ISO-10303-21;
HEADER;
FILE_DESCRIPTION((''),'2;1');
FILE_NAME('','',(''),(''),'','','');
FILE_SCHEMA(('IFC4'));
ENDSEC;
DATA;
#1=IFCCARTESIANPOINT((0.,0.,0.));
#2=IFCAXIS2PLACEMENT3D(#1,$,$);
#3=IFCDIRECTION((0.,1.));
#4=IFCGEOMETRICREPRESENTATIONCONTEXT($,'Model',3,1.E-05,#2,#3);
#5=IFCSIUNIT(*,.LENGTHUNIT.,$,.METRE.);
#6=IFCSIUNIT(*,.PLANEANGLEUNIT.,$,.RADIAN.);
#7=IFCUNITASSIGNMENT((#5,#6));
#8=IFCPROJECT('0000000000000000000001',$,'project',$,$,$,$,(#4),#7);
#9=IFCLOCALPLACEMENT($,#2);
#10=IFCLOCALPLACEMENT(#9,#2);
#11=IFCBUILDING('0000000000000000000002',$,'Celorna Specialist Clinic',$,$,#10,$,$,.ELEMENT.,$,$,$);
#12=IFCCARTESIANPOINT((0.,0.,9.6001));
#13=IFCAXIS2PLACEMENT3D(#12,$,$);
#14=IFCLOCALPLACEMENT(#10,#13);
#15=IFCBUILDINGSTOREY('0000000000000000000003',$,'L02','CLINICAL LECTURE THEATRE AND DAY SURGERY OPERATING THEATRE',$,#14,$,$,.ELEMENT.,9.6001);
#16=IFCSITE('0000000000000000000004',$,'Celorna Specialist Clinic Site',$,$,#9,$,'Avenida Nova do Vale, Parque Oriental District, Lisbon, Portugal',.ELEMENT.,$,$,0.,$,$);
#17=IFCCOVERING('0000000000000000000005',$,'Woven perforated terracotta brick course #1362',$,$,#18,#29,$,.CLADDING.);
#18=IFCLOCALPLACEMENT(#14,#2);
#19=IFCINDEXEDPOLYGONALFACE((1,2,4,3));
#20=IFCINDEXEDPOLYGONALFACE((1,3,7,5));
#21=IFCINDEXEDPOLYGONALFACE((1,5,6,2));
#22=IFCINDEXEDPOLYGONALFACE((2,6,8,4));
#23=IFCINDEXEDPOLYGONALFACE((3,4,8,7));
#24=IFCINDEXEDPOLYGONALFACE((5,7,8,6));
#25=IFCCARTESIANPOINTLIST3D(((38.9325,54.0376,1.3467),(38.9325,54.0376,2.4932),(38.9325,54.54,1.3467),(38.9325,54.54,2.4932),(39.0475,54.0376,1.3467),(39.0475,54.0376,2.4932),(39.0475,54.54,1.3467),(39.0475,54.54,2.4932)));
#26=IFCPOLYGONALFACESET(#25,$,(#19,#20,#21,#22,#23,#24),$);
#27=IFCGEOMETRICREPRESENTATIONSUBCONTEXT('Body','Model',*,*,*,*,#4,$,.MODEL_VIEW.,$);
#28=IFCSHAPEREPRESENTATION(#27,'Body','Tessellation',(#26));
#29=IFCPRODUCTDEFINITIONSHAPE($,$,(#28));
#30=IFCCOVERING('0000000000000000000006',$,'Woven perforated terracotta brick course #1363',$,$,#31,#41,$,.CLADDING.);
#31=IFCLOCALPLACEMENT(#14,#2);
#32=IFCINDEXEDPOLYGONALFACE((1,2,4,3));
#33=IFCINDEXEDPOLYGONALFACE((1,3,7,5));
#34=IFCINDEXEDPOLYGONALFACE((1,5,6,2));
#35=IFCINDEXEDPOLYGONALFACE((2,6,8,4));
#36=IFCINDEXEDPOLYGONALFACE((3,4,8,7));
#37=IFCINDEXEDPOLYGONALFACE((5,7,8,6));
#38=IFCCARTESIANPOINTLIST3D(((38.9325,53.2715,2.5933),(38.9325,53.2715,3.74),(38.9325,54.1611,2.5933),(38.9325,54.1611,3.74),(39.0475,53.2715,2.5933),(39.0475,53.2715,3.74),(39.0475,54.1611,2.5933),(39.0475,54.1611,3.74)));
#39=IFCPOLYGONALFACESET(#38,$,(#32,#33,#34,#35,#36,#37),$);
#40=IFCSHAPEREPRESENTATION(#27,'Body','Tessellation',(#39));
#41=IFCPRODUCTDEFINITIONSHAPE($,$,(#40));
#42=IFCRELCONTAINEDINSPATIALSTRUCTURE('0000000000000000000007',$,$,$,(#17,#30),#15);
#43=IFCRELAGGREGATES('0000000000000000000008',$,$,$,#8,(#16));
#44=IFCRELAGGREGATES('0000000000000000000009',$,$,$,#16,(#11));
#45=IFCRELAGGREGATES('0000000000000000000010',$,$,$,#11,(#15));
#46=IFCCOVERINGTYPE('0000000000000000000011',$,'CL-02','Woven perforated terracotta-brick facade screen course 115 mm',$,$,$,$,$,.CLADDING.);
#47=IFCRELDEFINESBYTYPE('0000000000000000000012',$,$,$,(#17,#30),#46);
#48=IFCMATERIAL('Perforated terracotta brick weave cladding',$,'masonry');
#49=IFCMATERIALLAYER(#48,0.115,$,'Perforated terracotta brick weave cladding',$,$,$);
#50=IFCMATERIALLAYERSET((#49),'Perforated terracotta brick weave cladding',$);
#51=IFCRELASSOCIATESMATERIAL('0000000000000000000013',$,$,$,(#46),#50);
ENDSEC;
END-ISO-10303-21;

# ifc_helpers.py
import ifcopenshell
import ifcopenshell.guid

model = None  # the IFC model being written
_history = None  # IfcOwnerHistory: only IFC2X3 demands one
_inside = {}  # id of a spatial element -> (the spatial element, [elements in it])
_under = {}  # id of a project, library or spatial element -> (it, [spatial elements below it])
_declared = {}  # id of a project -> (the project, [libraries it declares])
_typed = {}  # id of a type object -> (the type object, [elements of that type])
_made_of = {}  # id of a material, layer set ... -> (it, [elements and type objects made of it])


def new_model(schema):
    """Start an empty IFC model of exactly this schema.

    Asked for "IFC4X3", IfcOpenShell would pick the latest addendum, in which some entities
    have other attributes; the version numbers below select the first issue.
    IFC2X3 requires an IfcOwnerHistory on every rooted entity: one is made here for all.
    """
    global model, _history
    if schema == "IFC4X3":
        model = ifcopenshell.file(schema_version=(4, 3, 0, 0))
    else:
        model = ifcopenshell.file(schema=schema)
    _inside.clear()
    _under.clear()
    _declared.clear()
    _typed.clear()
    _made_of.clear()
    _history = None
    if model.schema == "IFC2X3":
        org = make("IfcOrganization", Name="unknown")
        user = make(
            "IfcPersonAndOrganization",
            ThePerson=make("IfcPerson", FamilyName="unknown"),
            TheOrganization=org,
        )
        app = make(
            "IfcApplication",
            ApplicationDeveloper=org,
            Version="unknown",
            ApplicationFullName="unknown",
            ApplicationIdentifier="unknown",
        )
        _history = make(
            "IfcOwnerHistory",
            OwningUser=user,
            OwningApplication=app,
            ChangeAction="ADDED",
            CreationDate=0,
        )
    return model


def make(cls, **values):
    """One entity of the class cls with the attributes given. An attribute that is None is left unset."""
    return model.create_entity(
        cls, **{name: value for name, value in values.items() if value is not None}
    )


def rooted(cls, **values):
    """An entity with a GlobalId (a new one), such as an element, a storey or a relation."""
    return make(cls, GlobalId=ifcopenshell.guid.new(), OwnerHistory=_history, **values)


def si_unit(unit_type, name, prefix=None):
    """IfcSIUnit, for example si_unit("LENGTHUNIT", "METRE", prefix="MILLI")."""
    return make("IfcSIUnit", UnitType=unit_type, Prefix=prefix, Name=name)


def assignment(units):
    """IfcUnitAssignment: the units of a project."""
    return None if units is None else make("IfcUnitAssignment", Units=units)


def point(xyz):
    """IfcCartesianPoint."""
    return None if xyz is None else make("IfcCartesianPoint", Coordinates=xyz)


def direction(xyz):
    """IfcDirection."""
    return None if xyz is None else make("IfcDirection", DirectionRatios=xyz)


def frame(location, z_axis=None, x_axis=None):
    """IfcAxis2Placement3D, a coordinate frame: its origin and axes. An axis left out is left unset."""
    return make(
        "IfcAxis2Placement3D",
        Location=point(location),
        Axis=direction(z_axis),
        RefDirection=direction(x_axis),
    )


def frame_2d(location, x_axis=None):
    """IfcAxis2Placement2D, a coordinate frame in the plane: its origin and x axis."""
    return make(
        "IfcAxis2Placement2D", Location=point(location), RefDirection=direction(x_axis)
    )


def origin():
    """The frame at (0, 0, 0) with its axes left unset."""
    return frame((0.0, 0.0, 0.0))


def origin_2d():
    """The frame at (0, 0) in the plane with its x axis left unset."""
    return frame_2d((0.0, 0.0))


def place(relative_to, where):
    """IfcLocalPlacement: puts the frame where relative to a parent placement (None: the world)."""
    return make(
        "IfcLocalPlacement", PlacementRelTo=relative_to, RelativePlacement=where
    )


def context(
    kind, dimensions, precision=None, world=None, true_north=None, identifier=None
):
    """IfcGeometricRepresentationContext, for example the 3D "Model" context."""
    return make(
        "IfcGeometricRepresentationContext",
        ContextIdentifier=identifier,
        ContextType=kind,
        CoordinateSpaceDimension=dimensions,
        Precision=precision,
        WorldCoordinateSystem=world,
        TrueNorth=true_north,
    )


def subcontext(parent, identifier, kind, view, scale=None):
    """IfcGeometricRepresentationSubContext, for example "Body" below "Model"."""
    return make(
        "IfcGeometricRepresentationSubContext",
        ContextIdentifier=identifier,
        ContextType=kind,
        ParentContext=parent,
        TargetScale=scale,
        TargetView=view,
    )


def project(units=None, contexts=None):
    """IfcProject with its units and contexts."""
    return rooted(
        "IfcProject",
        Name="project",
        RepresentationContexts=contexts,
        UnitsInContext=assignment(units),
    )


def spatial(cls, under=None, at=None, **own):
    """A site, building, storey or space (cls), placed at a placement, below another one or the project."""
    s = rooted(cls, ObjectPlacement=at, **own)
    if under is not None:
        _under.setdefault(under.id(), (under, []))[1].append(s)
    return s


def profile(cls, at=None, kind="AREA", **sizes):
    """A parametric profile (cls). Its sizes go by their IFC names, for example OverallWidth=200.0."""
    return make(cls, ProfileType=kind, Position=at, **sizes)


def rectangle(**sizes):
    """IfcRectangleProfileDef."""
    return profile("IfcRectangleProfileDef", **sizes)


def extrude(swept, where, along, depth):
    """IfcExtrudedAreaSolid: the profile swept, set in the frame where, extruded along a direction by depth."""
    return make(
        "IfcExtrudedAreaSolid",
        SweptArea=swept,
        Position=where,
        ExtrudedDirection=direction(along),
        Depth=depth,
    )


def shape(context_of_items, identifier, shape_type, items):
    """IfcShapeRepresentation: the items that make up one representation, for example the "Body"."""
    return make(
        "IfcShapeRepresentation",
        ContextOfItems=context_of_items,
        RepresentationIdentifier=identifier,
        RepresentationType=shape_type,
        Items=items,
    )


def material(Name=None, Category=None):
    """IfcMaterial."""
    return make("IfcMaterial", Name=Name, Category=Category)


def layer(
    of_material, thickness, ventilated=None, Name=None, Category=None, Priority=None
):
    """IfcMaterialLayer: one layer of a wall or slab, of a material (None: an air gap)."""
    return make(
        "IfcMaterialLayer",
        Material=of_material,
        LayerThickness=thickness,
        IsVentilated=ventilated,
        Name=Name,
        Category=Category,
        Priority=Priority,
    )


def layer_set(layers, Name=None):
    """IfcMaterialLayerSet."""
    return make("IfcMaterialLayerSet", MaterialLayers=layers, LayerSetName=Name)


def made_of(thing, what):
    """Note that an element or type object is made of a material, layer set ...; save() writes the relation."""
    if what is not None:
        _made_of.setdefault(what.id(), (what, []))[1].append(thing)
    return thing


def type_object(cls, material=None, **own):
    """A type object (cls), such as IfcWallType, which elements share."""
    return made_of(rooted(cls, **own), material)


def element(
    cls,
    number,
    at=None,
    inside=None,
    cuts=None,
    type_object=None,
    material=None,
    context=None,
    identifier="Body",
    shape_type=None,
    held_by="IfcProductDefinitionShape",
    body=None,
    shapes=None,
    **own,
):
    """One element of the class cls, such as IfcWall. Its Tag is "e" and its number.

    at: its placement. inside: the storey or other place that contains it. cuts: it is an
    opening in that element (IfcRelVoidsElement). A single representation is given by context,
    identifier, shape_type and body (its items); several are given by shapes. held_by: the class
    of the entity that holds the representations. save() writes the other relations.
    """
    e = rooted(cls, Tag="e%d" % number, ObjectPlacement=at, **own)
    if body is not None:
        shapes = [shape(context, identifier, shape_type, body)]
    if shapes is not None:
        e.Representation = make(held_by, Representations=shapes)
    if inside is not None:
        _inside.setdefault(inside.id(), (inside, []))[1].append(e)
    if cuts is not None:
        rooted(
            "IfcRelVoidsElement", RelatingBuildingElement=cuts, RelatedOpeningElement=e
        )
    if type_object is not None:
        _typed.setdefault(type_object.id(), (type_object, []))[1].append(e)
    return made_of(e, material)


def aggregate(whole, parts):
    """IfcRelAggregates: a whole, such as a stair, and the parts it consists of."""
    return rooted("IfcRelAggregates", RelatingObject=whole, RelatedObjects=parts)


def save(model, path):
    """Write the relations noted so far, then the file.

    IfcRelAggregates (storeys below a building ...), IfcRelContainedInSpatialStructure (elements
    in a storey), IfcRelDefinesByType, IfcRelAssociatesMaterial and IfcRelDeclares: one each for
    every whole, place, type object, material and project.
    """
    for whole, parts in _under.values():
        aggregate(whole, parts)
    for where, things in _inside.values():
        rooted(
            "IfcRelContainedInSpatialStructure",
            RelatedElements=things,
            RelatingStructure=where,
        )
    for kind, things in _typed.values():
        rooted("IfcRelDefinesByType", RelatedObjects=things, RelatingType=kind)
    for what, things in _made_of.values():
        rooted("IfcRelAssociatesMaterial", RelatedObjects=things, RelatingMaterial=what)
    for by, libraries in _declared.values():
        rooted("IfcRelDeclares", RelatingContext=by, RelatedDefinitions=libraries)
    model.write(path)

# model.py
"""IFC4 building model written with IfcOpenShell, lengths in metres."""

from ifc_helpers import new_model, si_unit, direction, frame, origin, origin_2d, place, context, subcontext, project, spatial, rectangle, extrude, material, layer, layer_set, type_object, element, save


model = new_model("IFC4")

# Units and contexts
model_context = context("Model", 3, precision=1e-05, world=origin(), true_north=direction((0.0, 1.0)))
body_context = subcontext(model_context, "Body", "Model", "MODEL_VIEW")
ifc_project = project(units=[si_unit("LENGTHUNIT", "METRE"), si_unit("PLANEANGLEUNIT", "RADIAN")], contexts=[model_context])

# Site, building, storey
site_placement = place(None, origin())
site = spatial("IfcSite", under=ifc_project, at=site_placement, Name="Celorna Specialist Clinic Site", LongName="Avenida Nova do Vale, Parque Oriental District, Lisbon, Portugal", CompositionType="ELEMENT", RefElevation=0.0)
building_placement = place(site_placement, origin())
building = spatial("IfcBuilding", under=site, at=building_placement, Name="Celorna Specialist Clinic", CompositionType="ELEMENT")
storey_placement = place(building_placement, frame((0.0, 0.0, 9.6001)))
storey = spatial("IfcBuildingStorey", under=building, at=storey_placement, Name="L02", Description="CLINICAL LECTURE THEATRE AND DAY SURGERY OPERATING THEATRE", CompositionType="ELEMENT", Elevation=9.6001)

# Coverings
ifc_material_1 = material(Name="Perforated terracotta brick weave cladding", Category="masonry")
ifc_layer = layer(ifc_material_1, 0.115, Name="Perforated terracotta brick weave cladding")
ifc_layer_set = layer_set([ifc_layer], Name="Perforated terracotta brick weave cladding")
covering_type = type_object("IfcCoveringType", Name="CL-02", Description="Woven perforated terracotta-brick facade screen course 115 mm", PredefinedType="CLADDING", material=ifc_layer_set)
for number, where, z_axis, x_axis, name in (
    (1, (38.99, 54.2888, 1.3467), (0.0, 0.0, 1.0), (0.0, 1.0, 0.0), "Woven perforated terracotta brick course #1362"),
):
    element("IfcCovering", number, at=place(storey_placement, frame(where, z_axis=z_axis, x_axis=x_axis)), inside=storey, type_object=covering_type, Name=name, PredefinedType="CLADDING", context=body_context, shape_type="SweptSolid", body=[
        extrude(rectangle(XDim=0.5024, YDim=0.115, at=origin_2d()), origin(), (0.0, 0.0, 1.0), 1.1465),
    ])
covering_1_placement = place(storey_placement, frame((38.99, 53.7163, 2.5933), z_axis=(0.0, 0.0, 1.0), x_axis=(0.0, 1.0, 0.0)))
element("IfcCovering", 2, at=covering_1_placement, inside=storey, type_object=covering_type, Name="Woven perforated terracotta brick course #1363", PredefinedType="CLADDING", context=body_context, shape_type="SweptSolid", body=[
    extrude(rectangle(XDim=0.8896, YDim=0.115, at=origin_2d()), origin(), (0.0, 0.0, 1.0), 1.1467),
])

save(model, "model.ifc")
